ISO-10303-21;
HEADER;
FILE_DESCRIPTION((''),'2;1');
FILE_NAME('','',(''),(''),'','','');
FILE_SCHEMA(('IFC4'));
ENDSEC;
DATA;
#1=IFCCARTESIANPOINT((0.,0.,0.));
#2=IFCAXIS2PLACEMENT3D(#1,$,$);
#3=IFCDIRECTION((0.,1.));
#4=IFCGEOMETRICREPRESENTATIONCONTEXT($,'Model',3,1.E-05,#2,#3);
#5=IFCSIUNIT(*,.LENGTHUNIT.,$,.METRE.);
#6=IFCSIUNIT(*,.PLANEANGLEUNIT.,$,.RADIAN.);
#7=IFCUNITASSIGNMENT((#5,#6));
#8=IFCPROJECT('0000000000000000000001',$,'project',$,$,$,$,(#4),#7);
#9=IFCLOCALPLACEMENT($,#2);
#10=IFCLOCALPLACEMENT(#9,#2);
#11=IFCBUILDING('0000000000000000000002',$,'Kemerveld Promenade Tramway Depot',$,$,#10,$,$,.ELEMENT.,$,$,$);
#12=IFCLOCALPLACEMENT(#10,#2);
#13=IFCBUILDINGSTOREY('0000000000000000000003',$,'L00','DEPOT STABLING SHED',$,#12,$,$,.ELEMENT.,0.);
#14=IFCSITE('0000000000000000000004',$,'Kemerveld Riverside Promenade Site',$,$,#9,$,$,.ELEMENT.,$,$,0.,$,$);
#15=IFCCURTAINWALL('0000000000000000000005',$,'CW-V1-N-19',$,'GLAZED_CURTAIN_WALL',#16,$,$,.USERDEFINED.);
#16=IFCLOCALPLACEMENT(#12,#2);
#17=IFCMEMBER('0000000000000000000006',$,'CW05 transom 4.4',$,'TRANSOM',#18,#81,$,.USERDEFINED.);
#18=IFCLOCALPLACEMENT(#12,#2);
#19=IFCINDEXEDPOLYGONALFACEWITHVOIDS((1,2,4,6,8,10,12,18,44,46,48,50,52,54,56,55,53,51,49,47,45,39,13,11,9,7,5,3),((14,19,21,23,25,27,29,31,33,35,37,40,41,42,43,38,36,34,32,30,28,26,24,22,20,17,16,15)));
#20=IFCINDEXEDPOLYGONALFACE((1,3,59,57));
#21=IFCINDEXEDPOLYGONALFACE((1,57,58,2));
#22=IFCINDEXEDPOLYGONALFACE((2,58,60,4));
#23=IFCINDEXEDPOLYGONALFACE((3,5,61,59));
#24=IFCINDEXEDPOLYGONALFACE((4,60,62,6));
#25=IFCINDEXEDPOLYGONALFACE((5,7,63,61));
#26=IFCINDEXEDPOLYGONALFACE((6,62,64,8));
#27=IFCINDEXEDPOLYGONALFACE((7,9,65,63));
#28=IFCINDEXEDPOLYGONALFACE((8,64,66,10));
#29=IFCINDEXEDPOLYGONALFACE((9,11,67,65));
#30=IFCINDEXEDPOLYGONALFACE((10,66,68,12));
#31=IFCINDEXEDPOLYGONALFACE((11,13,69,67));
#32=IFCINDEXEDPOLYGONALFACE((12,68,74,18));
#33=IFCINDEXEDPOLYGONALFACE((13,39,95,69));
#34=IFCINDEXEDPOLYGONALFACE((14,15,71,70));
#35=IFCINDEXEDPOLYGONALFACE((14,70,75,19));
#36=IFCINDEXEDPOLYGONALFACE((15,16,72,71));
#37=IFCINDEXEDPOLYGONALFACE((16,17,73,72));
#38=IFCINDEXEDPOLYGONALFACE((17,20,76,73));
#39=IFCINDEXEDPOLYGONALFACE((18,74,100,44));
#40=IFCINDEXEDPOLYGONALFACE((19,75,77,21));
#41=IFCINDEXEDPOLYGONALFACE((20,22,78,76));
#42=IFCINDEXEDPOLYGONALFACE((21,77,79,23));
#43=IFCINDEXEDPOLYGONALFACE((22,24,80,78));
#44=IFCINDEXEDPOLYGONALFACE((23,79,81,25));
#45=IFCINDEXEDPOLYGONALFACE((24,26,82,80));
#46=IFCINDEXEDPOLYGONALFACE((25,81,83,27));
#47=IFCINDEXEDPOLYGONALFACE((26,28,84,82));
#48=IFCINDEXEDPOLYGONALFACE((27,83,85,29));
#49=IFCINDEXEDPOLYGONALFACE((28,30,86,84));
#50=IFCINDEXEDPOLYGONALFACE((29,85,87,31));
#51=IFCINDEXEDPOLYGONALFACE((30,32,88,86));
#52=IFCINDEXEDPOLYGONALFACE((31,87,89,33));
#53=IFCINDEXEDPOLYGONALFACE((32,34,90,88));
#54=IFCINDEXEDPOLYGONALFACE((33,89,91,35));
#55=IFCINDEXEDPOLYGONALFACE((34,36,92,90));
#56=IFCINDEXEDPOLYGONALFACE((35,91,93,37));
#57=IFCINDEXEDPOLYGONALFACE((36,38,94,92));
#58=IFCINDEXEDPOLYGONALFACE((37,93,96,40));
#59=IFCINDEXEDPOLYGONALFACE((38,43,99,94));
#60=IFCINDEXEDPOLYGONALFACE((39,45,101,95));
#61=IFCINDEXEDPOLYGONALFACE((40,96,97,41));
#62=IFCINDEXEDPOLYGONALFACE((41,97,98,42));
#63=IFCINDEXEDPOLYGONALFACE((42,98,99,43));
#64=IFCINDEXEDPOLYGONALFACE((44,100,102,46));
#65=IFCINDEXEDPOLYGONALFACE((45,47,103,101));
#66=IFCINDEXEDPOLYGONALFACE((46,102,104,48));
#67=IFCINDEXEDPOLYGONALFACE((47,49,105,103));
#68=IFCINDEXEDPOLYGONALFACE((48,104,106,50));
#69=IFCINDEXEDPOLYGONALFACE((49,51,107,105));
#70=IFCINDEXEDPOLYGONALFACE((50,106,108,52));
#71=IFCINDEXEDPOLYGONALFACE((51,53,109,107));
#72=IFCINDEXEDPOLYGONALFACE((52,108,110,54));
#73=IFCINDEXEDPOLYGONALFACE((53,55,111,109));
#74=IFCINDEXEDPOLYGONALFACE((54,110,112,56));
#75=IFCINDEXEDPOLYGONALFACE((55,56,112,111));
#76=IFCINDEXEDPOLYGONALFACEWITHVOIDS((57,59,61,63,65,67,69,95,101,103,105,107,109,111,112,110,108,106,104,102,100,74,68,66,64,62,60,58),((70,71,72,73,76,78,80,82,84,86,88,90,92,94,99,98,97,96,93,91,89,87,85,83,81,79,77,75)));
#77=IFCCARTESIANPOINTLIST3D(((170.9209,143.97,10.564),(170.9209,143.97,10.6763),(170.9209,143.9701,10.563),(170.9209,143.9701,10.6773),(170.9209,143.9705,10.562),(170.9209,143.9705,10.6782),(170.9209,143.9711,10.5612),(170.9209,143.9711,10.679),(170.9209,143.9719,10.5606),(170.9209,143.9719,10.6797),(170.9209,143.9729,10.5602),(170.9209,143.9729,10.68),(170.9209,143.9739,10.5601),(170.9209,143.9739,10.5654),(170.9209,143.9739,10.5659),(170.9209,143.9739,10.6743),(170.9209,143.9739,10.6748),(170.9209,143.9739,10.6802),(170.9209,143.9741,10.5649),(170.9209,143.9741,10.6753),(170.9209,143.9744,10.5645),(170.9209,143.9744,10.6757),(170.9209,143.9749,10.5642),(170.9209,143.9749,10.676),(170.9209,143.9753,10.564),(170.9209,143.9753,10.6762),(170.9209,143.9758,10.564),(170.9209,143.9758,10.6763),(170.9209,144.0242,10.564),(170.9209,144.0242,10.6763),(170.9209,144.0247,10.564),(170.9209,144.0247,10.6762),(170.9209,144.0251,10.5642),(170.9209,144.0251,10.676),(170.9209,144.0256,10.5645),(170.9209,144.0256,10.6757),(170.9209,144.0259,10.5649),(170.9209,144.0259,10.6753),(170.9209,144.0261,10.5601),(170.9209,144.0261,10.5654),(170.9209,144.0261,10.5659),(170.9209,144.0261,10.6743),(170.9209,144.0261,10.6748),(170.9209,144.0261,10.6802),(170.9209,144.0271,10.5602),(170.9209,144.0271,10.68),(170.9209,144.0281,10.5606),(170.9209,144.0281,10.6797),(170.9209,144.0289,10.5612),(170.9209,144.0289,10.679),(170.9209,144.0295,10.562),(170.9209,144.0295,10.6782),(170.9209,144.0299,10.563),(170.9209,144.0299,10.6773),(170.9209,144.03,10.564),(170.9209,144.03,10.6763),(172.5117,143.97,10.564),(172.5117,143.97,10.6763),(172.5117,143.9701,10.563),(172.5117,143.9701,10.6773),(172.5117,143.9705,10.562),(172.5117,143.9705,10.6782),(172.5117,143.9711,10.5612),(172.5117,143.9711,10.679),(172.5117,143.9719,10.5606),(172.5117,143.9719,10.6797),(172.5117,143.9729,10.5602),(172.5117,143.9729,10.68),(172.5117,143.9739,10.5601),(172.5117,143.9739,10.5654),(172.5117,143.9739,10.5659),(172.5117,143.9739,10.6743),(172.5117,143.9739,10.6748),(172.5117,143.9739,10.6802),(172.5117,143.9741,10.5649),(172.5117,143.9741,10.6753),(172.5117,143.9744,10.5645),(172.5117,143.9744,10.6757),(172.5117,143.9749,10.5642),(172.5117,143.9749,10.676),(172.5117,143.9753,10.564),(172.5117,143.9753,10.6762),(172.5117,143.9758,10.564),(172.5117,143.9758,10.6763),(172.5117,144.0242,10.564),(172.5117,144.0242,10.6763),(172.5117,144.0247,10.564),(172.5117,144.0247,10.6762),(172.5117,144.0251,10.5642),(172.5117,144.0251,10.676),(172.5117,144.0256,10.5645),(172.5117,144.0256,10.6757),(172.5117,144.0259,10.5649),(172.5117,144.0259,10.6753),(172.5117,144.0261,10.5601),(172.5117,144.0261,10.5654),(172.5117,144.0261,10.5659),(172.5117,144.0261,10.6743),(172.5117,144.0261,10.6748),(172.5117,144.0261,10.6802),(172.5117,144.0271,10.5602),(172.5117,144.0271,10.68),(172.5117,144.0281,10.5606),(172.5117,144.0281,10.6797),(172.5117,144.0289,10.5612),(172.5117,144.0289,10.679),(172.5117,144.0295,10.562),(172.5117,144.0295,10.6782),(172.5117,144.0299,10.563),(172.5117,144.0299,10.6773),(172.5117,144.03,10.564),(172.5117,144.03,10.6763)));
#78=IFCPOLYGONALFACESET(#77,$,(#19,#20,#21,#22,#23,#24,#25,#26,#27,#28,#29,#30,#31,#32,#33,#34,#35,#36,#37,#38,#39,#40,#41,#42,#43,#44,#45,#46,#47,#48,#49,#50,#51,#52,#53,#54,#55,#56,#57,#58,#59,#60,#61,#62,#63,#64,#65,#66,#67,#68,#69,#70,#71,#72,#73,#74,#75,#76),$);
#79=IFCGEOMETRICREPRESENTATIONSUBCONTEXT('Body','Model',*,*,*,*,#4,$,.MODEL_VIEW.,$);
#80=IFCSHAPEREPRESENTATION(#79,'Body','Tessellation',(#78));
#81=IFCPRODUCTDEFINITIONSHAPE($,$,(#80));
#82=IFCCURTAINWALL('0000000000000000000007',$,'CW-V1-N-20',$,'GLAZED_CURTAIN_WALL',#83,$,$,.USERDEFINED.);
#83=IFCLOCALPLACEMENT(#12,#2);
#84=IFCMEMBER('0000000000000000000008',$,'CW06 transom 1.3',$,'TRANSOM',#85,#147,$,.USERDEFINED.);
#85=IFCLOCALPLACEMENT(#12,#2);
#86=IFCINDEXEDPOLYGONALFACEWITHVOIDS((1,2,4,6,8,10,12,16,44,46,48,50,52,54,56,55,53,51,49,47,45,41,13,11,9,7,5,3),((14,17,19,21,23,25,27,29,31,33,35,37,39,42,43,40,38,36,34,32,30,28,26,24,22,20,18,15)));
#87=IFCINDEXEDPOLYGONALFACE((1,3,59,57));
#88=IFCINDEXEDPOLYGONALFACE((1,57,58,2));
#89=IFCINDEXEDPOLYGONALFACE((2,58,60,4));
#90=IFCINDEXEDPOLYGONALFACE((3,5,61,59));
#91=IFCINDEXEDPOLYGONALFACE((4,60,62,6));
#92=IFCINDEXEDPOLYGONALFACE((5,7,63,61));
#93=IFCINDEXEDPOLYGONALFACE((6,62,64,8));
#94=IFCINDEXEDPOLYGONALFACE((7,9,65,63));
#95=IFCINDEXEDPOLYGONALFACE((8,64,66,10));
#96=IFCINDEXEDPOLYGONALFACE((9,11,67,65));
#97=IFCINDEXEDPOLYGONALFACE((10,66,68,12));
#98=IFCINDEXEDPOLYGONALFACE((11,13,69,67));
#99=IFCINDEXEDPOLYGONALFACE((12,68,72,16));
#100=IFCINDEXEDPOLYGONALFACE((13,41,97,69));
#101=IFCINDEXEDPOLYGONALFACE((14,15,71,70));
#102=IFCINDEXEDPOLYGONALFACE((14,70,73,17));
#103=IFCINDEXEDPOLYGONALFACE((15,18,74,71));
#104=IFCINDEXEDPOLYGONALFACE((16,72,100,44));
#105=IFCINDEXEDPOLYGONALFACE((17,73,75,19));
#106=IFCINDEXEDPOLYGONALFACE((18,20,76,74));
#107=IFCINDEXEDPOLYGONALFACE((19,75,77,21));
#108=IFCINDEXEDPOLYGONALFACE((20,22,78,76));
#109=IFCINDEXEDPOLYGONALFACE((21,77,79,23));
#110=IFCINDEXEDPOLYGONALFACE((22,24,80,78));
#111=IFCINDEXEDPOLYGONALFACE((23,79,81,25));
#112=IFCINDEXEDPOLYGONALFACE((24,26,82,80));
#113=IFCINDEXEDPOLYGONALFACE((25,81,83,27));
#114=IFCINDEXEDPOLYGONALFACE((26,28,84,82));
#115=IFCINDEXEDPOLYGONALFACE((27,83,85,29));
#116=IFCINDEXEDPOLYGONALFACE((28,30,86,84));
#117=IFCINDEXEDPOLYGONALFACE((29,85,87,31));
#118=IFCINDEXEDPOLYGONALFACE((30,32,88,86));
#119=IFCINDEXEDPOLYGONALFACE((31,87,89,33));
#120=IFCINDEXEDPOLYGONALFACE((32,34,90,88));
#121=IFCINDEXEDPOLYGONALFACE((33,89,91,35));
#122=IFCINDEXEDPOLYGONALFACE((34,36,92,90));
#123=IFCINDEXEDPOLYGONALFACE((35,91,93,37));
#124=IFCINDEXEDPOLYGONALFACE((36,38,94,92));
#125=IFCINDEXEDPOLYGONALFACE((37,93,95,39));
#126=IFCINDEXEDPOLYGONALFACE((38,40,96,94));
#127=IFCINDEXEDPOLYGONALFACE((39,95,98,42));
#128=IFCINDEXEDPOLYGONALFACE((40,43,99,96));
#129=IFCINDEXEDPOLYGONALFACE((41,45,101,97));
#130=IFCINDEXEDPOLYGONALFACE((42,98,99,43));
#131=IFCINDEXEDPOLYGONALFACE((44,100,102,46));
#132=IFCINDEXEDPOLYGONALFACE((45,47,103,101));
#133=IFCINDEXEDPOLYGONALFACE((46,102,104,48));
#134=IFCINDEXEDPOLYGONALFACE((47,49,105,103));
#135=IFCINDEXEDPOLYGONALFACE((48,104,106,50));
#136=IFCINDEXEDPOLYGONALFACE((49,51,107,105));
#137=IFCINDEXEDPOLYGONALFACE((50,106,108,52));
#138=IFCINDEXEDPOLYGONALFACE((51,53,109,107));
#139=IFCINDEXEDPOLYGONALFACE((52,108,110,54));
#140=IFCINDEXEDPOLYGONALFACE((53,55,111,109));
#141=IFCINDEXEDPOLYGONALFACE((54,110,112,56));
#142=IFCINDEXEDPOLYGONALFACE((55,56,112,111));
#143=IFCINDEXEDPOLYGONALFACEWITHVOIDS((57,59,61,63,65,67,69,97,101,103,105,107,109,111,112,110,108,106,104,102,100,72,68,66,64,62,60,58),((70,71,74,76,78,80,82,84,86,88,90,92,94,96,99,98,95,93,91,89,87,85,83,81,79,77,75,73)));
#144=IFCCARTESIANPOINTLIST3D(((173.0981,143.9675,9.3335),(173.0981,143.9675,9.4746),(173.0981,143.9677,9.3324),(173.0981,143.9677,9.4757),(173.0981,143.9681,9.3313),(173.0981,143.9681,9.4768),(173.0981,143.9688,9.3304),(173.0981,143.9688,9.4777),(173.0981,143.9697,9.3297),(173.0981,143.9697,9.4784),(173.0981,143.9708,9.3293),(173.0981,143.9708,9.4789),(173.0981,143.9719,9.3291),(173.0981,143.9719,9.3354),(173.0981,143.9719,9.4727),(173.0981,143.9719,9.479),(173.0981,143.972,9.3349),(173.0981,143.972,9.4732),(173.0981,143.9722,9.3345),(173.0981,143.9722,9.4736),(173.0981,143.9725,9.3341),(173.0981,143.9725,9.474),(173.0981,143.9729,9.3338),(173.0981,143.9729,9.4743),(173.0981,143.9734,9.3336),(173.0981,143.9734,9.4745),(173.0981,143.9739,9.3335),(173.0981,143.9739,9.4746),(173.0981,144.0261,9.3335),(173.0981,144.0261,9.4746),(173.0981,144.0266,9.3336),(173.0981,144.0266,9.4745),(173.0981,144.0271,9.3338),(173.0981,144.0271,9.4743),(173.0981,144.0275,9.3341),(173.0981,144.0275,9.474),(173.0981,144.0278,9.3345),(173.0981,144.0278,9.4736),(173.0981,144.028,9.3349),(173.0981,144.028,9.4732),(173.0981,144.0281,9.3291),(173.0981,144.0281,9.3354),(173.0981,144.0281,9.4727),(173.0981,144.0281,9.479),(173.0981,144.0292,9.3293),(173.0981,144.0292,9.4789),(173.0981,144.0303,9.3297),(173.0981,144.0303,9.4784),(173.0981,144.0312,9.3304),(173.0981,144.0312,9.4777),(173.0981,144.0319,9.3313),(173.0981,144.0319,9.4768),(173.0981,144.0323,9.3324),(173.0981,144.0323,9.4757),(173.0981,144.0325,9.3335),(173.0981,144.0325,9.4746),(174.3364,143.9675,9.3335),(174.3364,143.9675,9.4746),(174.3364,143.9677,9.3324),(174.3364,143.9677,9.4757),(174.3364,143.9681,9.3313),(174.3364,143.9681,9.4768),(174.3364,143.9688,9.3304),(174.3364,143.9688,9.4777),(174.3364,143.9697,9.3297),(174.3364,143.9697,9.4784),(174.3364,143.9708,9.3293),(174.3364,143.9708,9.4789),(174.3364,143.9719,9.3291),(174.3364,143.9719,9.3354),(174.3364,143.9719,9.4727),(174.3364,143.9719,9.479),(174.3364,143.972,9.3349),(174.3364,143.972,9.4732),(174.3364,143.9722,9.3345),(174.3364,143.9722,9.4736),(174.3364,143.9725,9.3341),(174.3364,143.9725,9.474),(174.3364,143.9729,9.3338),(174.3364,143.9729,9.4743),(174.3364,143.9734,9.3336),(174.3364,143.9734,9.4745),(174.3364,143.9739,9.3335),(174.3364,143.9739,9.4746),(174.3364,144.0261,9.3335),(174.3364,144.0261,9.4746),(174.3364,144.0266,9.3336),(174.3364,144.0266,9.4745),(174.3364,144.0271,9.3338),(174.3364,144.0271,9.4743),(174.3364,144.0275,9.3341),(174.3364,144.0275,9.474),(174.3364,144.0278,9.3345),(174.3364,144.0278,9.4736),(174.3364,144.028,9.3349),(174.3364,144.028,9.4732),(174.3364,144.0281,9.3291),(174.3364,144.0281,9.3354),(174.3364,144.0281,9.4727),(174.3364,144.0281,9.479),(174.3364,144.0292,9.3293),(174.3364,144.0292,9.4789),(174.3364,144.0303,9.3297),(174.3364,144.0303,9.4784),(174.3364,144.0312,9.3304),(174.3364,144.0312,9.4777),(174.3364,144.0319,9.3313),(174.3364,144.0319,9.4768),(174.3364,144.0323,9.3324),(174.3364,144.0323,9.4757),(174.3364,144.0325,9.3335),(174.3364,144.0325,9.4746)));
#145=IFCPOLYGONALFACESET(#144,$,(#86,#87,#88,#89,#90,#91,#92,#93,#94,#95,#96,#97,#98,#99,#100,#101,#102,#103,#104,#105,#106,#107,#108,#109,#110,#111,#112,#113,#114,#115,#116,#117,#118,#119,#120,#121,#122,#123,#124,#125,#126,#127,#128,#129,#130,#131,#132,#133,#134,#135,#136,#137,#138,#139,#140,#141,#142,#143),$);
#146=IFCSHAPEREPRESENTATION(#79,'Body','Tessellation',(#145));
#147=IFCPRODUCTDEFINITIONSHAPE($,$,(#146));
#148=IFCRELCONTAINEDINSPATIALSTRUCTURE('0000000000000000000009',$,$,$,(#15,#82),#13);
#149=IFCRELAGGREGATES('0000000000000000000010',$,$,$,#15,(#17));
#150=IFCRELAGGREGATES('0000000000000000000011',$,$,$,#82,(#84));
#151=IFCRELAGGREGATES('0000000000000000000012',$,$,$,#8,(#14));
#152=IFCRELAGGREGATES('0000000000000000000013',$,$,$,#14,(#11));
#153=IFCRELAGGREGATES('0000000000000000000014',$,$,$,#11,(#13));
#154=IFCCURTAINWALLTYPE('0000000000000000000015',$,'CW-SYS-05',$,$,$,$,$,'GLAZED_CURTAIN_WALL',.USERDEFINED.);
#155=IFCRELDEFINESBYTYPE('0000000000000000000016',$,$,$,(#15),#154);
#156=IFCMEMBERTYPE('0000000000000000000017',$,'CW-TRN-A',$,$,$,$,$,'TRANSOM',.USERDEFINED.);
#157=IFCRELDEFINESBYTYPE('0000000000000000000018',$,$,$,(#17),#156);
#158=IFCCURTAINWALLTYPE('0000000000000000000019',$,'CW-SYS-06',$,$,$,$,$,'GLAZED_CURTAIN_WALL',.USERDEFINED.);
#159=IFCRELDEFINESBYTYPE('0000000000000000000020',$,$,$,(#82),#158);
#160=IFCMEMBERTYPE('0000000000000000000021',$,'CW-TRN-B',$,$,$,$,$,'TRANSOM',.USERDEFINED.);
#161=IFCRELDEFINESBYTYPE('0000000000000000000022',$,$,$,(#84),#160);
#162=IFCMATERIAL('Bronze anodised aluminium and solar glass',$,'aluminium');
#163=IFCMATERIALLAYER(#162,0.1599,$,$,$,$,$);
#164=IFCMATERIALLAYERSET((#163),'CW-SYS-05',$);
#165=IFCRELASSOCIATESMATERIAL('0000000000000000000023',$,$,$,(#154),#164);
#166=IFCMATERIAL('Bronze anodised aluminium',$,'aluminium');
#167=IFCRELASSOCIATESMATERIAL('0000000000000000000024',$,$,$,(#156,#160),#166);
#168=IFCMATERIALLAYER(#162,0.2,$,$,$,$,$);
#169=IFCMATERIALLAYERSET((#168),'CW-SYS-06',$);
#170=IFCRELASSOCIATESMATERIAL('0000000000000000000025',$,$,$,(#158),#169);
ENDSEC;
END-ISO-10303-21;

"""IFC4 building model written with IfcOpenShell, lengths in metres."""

from ifc_helpers import new_model, si_unit, direction, frame, origin, origin_2d, place, context, subcontext, project, spatial, hollow_rectangle, extrude, material, layer, layer_set, material_profile, profile_set, type_object, element, aggregate, save


model = new_model("IFC4")

# Units and contexts
model_context = context("Model", 3, precision=1e-05, world=origin(), true_north=direction((0.0, 1.0)))
body_context = subcontext(model_context, "Body", "Model", "MODEL_VIEW")
ifc_project = project(units=[si_unit("LENGTHUNIT", "METRE"), si_unit("PLANEANGLEUNIT", "RADIAN")], contexts=[model_context])

# Site, building, storey
site_placement = place(None, origin())
site = spatial("IfcSite", under=ifc_project, at=site_placement, Name="Kemerveld Riverside Promenade Site", CompositionType="ELEMENT", RefElevation=0.0)
building_placement = place(site_placement, origin())
building = spatial("IfcBuilding", under=site, at=building_placement, Name="Kemerveld Promenade Tramway Depot", CompositionType="ELEMENT")
storey_placement = place(building_placement, origin())
storey = spatial("IfcBuildingStorey", under=building, at=storey_placement, Name="L00", Description="DEPOT STABLING SHED", CompositionType="ELEMENT", Elevation=0.0)

# Curtain walls, members
ifc_material_1 = material(Name="Bronze anodised aluminium and solar glass", Category="aluminium")
ifc_layer_1 = layer(ifc_material_1, 0.1599)
ifc_layer_set_1 = layer_set([ifc_layer_1], Name="CW-SYS-05")
curtain_wall_type_1 = type_object("IfcCurtainWallType", Name="CW-SYS-05", ElementType="GLAZED_CURTAIN_WALL", PredefinedType="USERDEFINED", material=ifc_layer_set_1)
curtain_wall_1_placement = place(storey_placement, origin())
curtain_wall_1 = element("IfcCurtainWall", 1, at=curtain_wall_1_placement, inside=storey, type_object=curtain_wall_type_1, Name="CW-V1-N-19", ObjectType="GLAZED_CURTAIN_WALL", PredefinedType="USERDEFINED")
ifc_material_2 = material(Name="Bronze anodised aluminium", Category="aluminium")
ifc_material_profile_1 = material_profile(ifc_material_2, hollow_rectangle(XDim=0.0601, YDim=0.1201, WallThickness=0.0039, InnerFilletRadius=0.002, OuterFilletRadius=0.0039, at=origin_2d()), Name="CW-TRN-120x60")
ifc_profile_set_1 = profile_set([ifc_material_profile_1], Name="Bronze anodised aluminium")
member_type_1 = type_object("IfcMemberType", Name="CW-TRN-A", ElementType="TRANSOM", PredefinedType="USERDEFINED", material=ifc_profile_set_1)
member_1_placement = place(storey_placement, frame((170.9209, 144.0, 10.6201), z_axis=(1.0, 0.0, 0.0), x_axis=(0.0, 1.0, 0.0)))
member_1 = element("IfcMember", 2, at=member_1_placement, type_object=member_type_1, Name="CW05 transom 4.4", ObjectType="TRANSOM", PredefinedType="USERDEFINED", context=body_context, shape_type="SweptSolid", body=[
    extrude(hollow_rectangle(XDim=0.0601, YDim=0.1201, WallThickness=0.0039, InnerFilletRadius=0.002, OuterFilletRadius=0.0039, at=origin_2d()), origin(), (0.0, 0.0, 1.0), 1.5908),
])
ifc_layer_2 = layer(ifc_material_1, 0.2)
ifc_layer_set_2 = layer_set([ifc_layer_2], Name="CW-SYS-06")
curtain_wall_type_2 = type_object("IfcCurtainWallType", Name="CW-SYS-06", ElementType="GLAZED_CURTAIN_WALL", PredefinedType="USERDEFINED", material=ifc_layer_set_2)
curtain_wall_2_placement = place(storey_placement, origin())
curtain_wall_2 = element("IfcCurtainWall", 3, at=curtain_wall_2_placement, inside=storey, type_object=curtain_wall_type_2, Name="CW-V1-N-20", ObjectType="GLAZED_CURTAIN_WALL", PredefinedType="USERDEFINED")
ifc_material_profile_2 = material_profile(ifc_material_2, hollow_rectangle(XDim=0.0649, YDim=0.1499, WallThickness=0.0044, InnerFilletRadius=0.002, OuterFilletRadius=0.0044, at=origin_2d()), Name="CW-TRN-150x65")
ifc_profile_set_2 = profile_set([ifc_material_profile_2], Name="Bronze anodised aluminium")
member_type_2 = type_object("IfcMemberType", Name="CW-TRN-B", ElementType="TRANSOM", PredefinedType="USERDEFINED", material=ifc_profile_set_2)
member_2_placement = place(storey_placement, frame((173.0981, 144.0, 9.4041), z_axis=(1.0, 0.0, 0.0), x_axis=(0.0, 1.0, 0.0)))
member_2 = element("IfcMember", 4, at=member_2_placement, type_object=member_type_2, Name="CW06 transom 1.3", ObjectType="TRANSOM", PredefinedType="USERDEFINED", context=body_context, shape_type="SweptSolid", body=[
    extrude(hollow_rectangle(XDim=0.0649, YDim=0.1499, WallThickness=0.0044, InnerFilletRadius=0.002, OuterFilletRadius=0.0044, at=origin_2d()), origin(), (0.0, 0.0, 1.0), 1.2383),
])

aggregate(curtain_wall_1, [member_1])
aggregate(curtain_wall_2, [member_2])

save(model, "model.ifc")
